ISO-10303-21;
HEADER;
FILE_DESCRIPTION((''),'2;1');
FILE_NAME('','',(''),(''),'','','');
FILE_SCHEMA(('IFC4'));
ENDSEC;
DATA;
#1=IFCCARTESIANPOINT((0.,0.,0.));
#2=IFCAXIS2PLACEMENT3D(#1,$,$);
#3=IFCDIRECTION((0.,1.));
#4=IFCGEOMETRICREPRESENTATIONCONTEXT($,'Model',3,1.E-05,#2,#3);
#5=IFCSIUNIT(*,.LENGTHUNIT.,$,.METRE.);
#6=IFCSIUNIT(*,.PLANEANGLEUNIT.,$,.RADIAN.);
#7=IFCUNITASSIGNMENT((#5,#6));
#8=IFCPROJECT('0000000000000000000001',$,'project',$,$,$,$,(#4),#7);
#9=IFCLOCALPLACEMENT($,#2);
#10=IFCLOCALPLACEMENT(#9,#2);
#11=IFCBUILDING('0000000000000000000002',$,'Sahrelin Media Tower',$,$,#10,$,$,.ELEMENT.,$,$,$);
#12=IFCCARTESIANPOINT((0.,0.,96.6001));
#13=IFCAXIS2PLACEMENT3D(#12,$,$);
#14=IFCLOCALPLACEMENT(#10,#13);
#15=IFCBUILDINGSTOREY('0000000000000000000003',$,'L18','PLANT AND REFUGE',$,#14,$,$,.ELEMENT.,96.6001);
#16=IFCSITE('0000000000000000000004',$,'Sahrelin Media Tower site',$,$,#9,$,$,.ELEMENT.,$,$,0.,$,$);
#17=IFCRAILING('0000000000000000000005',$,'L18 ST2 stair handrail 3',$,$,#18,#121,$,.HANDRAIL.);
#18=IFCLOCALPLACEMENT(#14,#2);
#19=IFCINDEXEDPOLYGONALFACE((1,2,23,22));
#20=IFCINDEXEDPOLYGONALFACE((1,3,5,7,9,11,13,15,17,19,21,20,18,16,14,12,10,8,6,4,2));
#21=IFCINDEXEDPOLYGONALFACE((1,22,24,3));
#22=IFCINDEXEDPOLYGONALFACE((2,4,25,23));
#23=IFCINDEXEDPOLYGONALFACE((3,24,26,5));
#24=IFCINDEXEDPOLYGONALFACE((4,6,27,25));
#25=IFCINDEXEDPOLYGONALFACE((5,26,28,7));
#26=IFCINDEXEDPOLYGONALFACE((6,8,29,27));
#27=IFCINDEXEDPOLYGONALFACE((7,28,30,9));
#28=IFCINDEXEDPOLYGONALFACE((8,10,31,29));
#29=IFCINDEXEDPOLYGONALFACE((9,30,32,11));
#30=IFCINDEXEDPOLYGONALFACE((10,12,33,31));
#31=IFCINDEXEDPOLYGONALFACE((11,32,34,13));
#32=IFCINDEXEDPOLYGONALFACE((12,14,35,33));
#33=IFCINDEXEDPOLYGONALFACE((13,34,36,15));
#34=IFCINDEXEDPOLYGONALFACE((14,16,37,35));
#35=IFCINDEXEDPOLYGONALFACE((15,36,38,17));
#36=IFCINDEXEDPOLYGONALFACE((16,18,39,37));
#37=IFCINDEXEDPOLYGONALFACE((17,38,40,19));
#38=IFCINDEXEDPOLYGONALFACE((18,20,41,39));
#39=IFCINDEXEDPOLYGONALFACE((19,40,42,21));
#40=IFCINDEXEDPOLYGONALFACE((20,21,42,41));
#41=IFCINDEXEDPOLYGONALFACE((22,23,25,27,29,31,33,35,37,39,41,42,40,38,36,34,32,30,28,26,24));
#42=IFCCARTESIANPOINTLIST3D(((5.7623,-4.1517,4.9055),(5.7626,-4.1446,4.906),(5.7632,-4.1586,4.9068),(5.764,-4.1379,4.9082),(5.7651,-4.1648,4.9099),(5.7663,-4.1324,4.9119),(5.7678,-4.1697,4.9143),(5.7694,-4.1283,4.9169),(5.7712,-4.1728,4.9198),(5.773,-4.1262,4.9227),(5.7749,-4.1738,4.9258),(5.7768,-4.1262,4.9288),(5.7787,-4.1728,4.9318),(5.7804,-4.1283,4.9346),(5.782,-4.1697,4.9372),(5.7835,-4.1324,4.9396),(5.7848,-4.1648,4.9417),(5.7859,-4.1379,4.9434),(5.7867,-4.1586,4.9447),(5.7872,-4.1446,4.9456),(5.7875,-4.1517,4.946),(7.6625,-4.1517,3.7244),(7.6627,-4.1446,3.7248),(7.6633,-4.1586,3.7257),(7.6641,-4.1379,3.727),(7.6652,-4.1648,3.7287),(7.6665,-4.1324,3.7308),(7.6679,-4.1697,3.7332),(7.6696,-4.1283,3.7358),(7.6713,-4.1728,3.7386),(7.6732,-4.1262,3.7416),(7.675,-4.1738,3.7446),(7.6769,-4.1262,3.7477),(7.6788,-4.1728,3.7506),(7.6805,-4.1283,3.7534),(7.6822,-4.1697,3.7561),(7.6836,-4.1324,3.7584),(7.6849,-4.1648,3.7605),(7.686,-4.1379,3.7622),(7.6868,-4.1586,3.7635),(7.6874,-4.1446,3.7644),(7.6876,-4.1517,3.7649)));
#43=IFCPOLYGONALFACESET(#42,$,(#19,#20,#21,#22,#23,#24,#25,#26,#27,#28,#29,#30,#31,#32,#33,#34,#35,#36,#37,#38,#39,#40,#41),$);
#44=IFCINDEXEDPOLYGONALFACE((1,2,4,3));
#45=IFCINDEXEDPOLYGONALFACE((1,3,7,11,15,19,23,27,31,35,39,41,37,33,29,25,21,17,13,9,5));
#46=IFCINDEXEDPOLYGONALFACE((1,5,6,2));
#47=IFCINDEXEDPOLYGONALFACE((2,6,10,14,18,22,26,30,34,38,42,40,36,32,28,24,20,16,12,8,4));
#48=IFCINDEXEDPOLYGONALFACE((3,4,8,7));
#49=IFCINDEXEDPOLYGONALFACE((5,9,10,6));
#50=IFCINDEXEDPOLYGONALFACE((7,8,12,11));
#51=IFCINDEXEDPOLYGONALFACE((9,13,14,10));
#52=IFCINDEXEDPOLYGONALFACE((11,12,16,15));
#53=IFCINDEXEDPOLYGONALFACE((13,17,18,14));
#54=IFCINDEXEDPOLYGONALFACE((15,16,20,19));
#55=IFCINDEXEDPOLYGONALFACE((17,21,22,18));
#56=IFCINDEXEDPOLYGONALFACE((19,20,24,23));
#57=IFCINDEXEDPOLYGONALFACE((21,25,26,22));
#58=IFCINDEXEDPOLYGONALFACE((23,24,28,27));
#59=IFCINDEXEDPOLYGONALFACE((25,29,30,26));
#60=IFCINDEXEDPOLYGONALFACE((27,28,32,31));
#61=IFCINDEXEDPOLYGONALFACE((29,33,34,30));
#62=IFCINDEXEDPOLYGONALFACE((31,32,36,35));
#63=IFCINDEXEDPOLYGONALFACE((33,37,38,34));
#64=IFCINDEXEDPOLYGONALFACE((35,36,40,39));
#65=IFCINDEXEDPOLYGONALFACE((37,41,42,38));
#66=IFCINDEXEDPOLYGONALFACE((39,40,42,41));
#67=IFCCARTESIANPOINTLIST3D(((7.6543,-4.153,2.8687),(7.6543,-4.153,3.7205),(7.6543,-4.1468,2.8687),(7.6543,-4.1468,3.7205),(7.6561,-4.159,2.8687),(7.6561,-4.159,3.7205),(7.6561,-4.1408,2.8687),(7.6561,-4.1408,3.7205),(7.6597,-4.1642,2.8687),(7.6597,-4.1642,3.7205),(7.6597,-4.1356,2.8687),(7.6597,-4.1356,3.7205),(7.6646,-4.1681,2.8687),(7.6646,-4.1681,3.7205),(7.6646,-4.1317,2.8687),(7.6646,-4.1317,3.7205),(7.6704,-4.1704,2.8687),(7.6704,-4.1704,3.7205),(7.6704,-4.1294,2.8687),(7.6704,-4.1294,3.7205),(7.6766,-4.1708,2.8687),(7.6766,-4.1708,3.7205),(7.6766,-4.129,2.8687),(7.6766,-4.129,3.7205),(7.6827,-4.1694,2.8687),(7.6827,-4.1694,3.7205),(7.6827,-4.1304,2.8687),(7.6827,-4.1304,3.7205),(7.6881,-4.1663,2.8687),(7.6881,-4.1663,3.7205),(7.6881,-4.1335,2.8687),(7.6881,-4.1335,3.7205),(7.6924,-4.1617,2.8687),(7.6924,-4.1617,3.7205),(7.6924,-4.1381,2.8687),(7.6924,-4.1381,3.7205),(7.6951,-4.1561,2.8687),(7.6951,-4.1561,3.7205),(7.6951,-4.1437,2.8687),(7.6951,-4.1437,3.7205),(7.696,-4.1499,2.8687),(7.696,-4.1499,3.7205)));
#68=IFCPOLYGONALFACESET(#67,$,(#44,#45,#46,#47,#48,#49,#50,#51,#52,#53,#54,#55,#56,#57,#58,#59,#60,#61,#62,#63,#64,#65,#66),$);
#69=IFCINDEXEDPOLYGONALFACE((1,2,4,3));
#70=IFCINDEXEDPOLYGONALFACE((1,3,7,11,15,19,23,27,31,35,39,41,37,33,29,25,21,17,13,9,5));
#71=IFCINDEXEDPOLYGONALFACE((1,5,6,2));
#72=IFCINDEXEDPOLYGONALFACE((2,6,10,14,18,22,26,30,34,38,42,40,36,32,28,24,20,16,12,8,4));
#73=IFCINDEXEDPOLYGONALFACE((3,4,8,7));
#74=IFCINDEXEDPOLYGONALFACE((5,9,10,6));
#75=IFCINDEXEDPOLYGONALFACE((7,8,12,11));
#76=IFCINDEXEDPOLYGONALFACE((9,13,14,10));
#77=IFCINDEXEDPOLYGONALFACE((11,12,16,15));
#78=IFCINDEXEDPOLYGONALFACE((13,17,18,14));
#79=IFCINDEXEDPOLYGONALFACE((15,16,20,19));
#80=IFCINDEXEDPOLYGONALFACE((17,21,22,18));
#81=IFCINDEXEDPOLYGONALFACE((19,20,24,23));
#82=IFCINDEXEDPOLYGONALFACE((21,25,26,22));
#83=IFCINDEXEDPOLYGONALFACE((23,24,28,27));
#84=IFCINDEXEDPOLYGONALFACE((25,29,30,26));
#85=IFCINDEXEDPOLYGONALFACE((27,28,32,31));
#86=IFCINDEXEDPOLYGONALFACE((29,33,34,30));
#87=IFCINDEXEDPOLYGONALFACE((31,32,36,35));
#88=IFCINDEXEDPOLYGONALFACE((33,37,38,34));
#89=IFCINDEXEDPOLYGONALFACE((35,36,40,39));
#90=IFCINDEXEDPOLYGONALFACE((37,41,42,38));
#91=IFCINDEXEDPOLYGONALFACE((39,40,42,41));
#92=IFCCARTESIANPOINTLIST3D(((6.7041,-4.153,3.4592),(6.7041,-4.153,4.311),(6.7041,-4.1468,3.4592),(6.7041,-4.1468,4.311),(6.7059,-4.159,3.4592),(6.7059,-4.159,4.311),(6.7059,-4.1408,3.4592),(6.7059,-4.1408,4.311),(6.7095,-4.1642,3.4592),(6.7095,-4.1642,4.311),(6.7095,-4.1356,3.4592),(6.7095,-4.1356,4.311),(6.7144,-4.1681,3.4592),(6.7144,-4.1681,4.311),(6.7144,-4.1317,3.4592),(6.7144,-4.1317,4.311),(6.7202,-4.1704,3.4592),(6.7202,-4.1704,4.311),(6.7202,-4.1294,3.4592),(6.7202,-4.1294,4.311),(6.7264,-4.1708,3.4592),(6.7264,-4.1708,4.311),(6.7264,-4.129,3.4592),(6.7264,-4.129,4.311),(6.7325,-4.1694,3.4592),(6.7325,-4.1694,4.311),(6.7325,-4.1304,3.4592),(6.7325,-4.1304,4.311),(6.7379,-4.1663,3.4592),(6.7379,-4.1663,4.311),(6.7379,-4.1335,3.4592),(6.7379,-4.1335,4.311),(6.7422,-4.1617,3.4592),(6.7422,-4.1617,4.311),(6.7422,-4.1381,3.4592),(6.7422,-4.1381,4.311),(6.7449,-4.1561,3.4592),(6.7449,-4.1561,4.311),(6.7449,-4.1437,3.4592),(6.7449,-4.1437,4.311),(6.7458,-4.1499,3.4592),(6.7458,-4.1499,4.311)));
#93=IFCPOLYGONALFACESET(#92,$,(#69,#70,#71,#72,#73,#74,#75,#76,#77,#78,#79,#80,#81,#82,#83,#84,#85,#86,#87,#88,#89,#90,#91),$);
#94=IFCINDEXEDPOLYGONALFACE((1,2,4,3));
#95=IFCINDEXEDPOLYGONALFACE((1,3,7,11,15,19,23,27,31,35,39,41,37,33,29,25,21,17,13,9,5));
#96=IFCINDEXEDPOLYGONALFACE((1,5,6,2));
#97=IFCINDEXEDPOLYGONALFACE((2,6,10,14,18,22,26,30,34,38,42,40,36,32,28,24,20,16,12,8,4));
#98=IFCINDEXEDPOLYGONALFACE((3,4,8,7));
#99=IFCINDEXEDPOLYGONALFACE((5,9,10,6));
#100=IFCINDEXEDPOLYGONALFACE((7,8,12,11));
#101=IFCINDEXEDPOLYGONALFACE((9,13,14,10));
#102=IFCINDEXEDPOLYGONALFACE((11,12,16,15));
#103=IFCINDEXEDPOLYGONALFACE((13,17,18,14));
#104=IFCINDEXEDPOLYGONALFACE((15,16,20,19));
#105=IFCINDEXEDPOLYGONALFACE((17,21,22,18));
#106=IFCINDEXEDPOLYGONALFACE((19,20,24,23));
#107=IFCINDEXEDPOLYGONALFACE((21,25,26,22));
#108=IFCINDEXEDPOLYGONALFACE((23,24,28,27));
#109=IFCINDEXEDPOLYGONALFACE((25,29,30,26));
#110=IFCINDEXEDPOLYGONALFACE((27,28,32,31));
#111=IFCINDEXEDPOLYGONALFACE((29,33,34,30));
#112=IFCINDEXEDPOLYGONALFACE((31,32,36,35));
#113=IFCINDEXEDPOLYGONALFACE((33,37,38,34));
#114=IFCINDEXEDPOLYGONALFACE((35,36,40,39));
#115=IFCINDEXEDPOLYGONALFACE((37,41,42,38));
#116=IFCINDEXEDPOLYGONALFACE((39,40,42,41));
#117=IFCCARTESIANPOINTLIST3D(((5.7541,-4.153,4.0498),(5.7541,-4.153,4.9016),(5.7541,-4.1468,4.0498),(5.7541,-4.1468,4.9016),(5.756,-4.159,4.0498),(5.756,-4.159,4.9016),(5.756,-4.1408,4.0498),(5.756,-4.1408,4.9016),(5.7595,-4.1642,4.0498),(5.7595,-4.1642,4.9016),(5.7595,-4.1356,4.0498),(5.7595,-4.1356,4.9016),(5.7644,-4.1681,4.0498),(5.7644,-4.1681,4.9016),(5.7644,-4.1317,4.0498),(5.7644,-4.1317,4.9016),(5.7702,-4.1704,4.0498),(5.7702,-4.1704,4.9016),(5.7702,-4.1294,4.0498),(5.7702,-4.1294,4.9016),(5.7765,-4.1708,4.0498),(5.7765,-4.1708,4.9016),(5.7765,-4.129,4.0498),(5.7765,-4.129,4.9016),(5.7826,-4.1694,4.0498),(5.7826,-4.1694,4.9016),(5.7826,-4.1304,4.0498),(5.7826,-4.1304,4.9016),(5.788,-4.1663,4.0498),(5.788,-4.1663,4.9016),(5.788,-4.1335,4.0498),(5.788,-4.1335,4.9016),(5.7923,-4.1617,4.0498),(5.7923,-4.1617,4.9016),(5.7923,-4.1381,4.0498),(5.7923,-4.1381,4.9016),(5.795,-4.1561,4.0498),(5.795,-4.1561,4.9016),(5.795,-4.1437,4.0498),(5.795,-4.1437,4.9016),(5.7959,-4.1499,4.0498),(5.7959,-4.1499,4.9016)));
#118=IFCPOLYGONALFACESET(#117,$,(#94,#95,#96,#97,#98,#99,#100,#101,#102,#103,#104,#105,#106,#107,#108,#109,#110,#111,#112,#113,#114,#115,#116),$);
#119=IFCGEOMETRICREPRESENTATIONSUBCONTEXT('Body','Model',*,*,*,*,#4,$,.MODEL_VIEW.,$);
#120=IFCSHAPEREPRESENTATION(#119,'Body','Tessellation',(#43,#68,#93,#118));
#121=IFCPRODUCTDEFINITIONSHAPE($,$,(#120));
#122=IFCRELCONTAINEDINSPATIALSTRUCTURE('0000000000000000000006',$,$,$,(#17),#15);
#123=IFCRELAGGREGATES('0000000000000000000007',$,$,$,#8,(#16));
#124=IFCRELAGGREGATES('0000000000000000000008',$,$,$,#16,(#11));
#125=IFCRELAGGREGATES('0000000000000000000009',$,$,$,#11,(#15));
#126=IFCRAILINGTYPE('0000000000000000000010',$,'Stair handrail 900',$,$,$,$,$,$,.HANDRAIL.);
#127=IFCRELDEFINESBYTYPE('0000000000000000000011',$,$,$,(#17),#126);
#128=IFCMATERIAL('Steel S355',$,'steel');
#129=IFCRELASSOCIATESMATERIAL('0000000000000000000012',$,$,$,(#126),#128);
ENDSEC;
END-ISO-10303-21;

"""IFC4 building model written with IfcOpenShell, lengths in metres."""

from ifc_helpers import new_model, si_unit, direction, frame, origin, origin_2d, place, context, subcontext, project, spatial, circle, extrude, material, type_object, element, save


model = new_model("IFC4")

# Units and contexts
model_context = context("Model", 3, precision=1e-05, world=origin(), true_north=direction((0.0, 1.0)))
body_context = subcontext(model_context, "Body", "Model", "MODEL_VIEW")
ifc_project = project(units=[si_unit("LENGTHUNIT", "METRE"), si_unit("PLANEANGLEUNIT", "RADIAN")], contexts=[model_context])

# Site, building, storey
site_placement = place(None, origin())
site = spatial("IfcSite", under=ifc_project, at=site_placement, Name="Sahrelin Media Tower site", CompositionType="ELEMENT", RefElevation=0.0)
building_placement = place(site_placement, origin())
building = spatial("IfcBuilding", under=site, at=building_placement, Name="Sahrelin Media Tower", CompositionType="ELEMENT")
storey_placement = place(building_placement, frame((0.0, 0.0, 96.6001)))
storey = spatial("IfcBuildingStorey", under=building, at=storey_placement, Name="L18", Description="PLANT AND REFUGE", CompositionType="ELEMENT", Elevation=96.6001)

# Shared definitions
ifc_material_1 = material(Name="Steel S355", Category="steel")

# Railing
railing_type_1 = type_object("IfcRailingType", Name="Stair handrail 900", PredefinedType="HANDRAIL", material=ifc_material_1)
railing_1_placement = place(storey_placement, frame((7.675, -4.1499, 2.8687)))
element("IfcRailing", 1, at=railing_1_placement, inside=storey, type_object=railing_type_1, Name="L18 ST2 stair handrail 3", PredefinedType="HANDRAIL", context=body_context, shape_type="SweptSolid", body=[
    extrude(circle(Radius=0.0239, at=origin_2d()), frame((0.0, 0.0, 0.876), z_axis=(-0.849289, 0.0, 0.527928), x_axis=(0.0, -1.0, 0.0)), (0.0, 0.0, 1.0), 2.2373),
    extrude(circle(Radius=0.021, at=origin_2d()), origin(), (0.0, 0.0, 1.0), 0.8518),
    extrude(circle(Radius=0.021, at=origin_2d()), frame((-0.9502, 0.0, 0.5906)), (0.0, 0.0, 1.0), 0.8518),
    extrude(circle(Radius=0.021, at=origin_2d()), frame((-1.9001, 0.0, 1.1812)), (0.0, 0.0, 1.0), 0.8518),
])

save(model, "model.ifc")
